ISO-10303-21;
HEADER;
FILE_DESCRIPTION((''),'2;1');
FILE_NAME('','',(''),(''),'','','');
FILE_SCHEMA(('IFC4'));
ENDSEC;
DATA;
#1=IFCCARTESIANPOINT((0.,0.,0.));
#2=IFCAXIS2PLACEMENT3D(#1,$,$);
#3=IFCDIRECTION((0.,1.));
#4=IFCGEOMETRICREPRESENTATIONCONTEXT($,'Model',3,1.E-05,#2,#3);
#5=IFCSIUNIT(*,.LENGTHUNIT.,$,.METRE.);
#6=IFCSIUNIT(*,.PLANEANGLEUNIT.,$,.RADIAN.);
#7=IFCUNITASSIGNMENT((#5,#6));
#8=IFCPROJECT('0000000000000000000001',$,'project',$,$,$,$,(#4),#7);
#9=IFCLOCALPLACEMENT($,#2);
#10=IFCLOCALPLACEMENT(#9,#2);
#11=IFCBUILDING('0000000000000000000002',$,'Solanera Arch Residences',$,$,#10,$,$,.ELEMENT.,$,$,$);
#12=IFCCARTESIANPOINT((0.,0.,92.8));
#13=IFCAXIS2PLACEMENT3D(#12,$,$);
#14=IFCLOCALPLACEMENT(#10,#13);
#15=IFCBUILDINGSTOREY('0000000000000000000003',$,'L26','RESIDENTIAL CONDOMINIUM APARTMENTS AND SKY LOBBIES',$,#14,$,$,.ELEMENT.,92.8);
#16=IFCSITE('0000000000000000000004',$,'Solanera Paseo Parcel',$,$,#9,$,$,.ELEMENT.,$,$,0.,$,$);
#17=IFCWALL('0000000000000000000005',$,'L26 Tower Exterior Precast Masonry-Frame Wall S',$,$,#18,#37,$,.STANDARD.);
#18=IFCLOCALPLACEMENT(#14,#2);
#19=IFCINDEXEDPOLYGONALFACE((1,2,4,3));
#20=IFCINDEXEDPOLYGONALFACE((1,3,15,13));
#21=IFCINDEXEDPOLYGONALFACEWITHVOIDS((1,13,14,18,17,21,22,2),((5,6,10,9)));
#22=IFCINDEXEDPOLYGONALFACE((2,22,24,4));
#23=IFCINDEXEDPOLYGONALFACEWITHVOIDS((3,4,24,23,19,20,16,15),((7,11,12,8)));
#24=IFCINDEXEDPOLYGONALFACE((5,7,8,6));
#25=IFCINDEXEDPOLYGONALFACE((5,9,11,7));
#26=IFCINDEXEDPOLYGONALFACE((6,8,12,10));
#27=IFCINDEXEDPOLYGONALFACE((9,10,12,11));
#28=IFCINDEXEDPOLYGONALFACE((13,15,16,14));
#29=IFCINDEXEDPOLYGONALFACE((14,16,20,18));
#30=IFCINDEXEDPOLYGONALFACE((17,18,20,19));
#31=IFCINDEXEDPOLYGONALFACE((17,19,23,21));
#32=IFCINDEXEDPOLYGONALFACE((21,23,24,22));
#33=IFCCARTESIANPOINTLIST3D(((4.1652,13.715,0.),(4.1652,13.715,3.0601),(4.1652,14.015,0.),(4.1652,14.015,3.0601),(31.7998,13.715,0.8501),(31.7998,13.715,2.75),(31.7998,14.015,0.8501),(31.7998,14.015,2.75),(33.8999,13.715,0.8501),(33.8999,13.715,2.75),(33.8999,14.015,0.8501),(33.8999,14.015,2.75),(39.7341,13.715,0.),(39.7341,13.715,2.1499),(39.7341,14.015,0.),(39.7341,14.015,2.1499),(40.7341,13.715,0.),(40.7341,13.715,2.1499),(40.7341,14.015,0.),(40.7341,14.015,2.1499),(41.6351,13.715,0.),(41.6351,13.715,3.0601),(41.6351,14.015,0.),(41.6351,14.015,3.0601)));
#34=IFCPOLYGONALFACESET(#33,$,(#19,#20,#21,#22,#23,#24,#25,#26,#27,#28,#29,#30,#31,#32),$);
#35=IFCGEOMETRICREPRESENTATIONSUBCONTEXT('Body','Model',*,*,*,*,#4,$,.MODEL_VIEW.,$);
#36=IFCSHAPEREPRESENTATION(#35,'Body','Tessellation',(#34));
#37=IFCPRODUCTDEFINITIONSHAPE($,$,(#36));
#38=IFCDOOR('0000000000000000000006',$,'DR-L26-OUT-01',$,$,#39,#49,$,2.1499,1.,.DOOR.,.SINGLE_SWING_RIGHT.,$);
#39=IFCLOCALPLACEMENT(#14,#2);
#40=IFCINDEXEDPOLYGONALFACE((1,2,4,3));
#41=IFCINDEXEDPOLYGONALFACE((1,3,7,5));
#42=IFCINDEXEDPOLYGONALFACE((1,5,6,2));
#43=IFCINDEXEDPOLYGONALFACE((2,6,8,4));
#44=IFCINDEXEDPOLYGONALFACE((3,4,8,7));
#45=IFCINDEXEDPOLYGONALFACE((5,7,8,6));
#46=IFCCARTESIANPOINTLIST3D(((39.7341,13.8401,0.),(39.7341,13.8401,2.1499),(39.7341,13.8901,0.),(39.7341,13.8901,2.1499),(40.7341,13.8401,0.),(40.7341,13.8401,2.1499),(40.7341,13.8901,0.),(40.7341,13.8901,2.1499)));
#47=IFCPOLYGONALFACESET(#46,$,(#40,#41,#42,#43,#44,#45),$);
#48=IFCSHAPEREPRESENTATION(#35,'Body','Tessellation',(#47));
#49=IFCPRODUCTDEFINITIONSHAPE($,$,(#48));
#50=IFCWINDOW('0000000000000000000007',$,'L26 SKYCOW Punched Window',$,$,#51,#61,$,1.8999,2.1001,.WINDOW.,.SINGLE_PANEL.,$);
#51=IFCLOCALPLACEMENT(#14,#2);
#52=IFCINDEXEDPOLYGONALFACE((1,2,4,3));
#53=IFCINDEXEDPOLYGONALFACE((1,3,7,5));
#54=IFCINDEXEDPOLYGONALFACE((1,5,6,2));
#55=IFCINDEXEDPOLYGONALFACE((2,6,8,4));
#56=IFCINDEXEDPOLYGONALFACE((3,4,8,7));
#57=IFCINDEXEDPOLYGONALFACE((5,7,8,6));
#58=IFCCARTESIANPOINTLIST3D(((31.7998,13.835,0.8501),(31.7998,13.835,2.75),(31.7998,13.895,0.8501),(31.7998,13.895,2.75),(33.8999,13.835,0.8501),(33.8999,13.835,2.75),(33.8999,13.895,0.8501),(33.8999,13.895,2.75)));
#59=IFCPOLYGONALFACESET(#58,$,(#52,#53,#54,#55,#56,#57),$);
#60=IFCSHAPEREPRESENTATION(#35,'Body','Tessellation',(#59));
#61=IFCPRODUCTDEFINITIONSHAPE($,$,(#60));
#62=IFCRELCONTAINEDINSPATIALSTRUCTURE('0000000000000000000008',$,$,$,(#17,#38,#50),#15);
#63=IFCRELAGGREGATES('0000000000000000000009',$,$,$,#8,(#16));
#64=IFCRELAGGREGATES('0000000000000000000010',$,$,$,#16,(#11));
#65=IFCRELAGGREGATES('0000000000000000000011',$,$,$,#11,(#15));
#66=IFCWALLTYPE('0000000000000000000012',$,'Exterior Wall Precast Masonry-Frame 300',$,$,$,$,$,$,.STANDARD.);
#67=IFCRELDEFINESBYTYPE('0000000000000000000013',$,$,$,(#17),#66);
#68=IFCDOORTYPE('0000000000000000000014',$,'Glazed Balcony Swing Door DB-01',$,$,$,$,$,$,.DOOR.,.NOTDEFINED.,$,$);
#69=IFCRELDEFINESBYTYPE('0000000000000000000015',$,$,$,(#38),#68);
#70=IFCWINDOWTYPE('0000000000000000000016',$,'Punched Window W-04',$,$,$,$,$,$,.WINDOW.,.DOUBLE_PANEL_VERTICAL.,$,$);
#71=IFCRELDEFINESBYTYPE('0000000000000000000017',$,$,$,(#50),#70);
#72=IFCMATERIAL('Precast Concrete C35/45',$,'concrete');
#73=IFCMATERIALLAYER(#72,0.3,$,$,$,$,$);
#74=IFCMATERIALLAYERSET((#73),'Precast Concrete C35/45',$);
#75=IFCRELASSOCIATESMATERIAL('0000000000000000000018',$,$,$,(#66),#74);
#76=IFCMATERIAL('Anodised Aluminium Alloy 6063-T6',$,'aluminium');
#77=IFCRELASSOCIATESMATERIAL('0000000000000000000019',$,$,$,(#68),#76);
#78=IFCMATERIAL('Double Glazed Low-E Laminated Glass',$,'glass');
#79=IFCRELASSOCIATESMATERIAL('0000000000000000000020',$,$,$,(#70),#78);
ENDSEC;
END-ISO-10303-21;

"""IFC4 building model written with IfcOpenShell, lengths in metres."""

from ifc_helpers import new_model, si_unit, direction, frame, frame_2d, origin, place, context, subcontext, project, spatial, rectangle, extrude, material, layer, layer_set, type_object, element, fill, save


model = new_model("IFC4")

# Units and contexts
model_context = context("Model", 3, precision=1e-05, world=origin(), true_north=direction((0.0, 1.0)))
body_context = subcontext(model_context, "Body", "Model", "MODEL_VIEW")
ifc_project = project(units=[si_unit("LENGTHUNIT", "METRE"), si_unit("PLANEANGLEUNIT", "RADIAN")], contexts=[model_context])

# Site, building, storey
site_placement = place(None, origin())
site = spatial("IfcSite", under=ifc_project, at=site_placement, Name="Solanera Paseo Parcel", CompositionType="ELEMENT", RefElevation=0.0)
building_placement = place(site_placement, origin())
building = spatial("IfcBuilding", under=site, at=building_placement, Name="Solanera Arch Residences", CompositionType="ELEMENT")
storey_placement = place(building_placement, frame((0.0, 0.0, 92.8)))
storey = spatial("IfcBuildingStorey", under=building, at=storey_placement, Name="L26", Description="RESIDENTIAL CONDOMINIUM APARTMENTS AND SKY LOBBIES", CompositionType="ELEMENT", Elevation=92.8)

# Shared definitions
ifc_material_1 = material(Name="Precast Concrete C35/45", Category="concrete")
ifc_layer_1 = layer(ifc_material_1, 0.3)
ifc_layer_set_1 = layer_set([ifc_layer_1], Name="Precast Concrete C35/45")
wall_type_1 = type_object("IfcWallType", Name="Exterior Wall Precast Masonry-Frame 300", PredefinedType="STANDARD", material=ifc_layer_set_1)

# Wall, openings, door, window
wall_1_placement = place(storey_placement, frame((41.635, 13.865, 0.0), z_axis=(0.0, 0.0, 1.0), x_axis=(-1.0, 0.0, 0.0)))
wall_1 = element("IfcWall", 1, at=wall_1_placement, inside=storey, type_object=wall_type_1, Name="L26 Tower Exterior Precast Masonry-Frame Wall S", PredefinedType="STANDARD", context=body_context, shape_type="SweptSolid", body=[
    extrude(rectangle(XDim=37.47, YDim=0.3, at=frame_2d((18.7349, 0.0))), origin(), (0.0, 0.0, 1.0), 3.0601),
])
opening_1_placement = place(wall_1_placement, frame((0.9009, 0.0, 0.0)))
opening_1 = element("IfcOpeningElement", 2, at=opening_1_placement, cuts=wall_1, PredefinedType="OPENING", context=body_context, shape_type="SweptSolid", body=[
    extrude(rectangle(XDim=1.0, YDim=2.1499, at=frame_2d((0.5, 1.075))), frame((0.0, 0.1599, 0.0), z_axis=(0.0, -1.0, 0.0), x_axis=(1.0, 0.0, 0.0)), (0.0, 0.0, 1.0), 0.32),
])
opening_2_placement = place(wall_1_placement, frame((7.7351, 0.0, 0.8501)))
opening_2 = element("IfcOpeningElement", 3, at=opening_2_placement, cuts=wall_1, PredefinedType="OPENING", context=body_context, shape_type="SweptSolid", body=[
    extrude(rectangle(XDim=2.1001, YDim=1.8999, at=frame_2d((1.05, 0.95))), frame((0.0, 0.1599, 0.0), z_axis=(0.0, -1.0, 0.0), x_axis=(1.0, 0.0, 0.0)), (0.0, 0.0, 1.0), 0.32),
])
ifc_material_2 = material(Name="Anodised Aluminium Alloy 6063-T6", Category="aluminium")
door_type = type_object("IfcDoorType", Name="Glazed Balcony Swing Door DB-01", OperationType="NOTDEFINED", PredefinedType="DOOR", material=ifc_material_2)
door_placement = place(opening_1_placement, origin())
door = element("IfcDoor", 4, at=door_placement, inside=storey, type_object=door_type, Name="DR-L26-OUT-01", OperationType="SINGLE_SWING_RIGHT", OverallHeight=2.1499, OverallWidth=1.0, PredefinedType="DOOR", context=body_context, shape_type="SweptSolid", body=[
    extrude(rectangle(XDim=1.0, YDim=2.1499, at=frame_2d((0.5, 1.075))), frame((0.0, 0.0249, 0.0), z_axis=(0.0, -1.0, 0.0), x_axis=(1.0, 0.0, 0.0)), (0.0, 0.0, 1.0), 0.05),
])
fill(opening_1, door)
ifc_material_3 = material(Name="Double Glazed Low-E Laminated Glass", Category="glass")
window_type = type_object("IfcWindowType", Name="Punched Window W-04", PartitioningType="DOUBLE_PANEL_VERTICAL", PredefinedType="WINDOW", material=ifc_material_3)
window_placement = place(opening_2_placement, origin())
window = element("IfcWindow", 5, at=window_placement, inside=storey, type_object=window_type, Name="L26 SKYCOW Punched Window", OverallHeight=1.8999, OverallWidth=2.1001, PartitioningType="SINGLE_PANEL", PredefinedType="WINDOW", context=body_context, shape_type="SweptSolid", body=[
    extrude(rectangle(XDim=2.1001, YDim=1.8999, at=frame_2d((1.05, 0.95))), frame((0.0, 0.03, 0.0), z_axis=(0.0, -1.0, 0.0), x_axis=(1.0, 0.0, 0.0)), (0.0, 0.0, 1.0), 0.0601),
])
fill(opening_2, window)

save(model, "model.ifc")
